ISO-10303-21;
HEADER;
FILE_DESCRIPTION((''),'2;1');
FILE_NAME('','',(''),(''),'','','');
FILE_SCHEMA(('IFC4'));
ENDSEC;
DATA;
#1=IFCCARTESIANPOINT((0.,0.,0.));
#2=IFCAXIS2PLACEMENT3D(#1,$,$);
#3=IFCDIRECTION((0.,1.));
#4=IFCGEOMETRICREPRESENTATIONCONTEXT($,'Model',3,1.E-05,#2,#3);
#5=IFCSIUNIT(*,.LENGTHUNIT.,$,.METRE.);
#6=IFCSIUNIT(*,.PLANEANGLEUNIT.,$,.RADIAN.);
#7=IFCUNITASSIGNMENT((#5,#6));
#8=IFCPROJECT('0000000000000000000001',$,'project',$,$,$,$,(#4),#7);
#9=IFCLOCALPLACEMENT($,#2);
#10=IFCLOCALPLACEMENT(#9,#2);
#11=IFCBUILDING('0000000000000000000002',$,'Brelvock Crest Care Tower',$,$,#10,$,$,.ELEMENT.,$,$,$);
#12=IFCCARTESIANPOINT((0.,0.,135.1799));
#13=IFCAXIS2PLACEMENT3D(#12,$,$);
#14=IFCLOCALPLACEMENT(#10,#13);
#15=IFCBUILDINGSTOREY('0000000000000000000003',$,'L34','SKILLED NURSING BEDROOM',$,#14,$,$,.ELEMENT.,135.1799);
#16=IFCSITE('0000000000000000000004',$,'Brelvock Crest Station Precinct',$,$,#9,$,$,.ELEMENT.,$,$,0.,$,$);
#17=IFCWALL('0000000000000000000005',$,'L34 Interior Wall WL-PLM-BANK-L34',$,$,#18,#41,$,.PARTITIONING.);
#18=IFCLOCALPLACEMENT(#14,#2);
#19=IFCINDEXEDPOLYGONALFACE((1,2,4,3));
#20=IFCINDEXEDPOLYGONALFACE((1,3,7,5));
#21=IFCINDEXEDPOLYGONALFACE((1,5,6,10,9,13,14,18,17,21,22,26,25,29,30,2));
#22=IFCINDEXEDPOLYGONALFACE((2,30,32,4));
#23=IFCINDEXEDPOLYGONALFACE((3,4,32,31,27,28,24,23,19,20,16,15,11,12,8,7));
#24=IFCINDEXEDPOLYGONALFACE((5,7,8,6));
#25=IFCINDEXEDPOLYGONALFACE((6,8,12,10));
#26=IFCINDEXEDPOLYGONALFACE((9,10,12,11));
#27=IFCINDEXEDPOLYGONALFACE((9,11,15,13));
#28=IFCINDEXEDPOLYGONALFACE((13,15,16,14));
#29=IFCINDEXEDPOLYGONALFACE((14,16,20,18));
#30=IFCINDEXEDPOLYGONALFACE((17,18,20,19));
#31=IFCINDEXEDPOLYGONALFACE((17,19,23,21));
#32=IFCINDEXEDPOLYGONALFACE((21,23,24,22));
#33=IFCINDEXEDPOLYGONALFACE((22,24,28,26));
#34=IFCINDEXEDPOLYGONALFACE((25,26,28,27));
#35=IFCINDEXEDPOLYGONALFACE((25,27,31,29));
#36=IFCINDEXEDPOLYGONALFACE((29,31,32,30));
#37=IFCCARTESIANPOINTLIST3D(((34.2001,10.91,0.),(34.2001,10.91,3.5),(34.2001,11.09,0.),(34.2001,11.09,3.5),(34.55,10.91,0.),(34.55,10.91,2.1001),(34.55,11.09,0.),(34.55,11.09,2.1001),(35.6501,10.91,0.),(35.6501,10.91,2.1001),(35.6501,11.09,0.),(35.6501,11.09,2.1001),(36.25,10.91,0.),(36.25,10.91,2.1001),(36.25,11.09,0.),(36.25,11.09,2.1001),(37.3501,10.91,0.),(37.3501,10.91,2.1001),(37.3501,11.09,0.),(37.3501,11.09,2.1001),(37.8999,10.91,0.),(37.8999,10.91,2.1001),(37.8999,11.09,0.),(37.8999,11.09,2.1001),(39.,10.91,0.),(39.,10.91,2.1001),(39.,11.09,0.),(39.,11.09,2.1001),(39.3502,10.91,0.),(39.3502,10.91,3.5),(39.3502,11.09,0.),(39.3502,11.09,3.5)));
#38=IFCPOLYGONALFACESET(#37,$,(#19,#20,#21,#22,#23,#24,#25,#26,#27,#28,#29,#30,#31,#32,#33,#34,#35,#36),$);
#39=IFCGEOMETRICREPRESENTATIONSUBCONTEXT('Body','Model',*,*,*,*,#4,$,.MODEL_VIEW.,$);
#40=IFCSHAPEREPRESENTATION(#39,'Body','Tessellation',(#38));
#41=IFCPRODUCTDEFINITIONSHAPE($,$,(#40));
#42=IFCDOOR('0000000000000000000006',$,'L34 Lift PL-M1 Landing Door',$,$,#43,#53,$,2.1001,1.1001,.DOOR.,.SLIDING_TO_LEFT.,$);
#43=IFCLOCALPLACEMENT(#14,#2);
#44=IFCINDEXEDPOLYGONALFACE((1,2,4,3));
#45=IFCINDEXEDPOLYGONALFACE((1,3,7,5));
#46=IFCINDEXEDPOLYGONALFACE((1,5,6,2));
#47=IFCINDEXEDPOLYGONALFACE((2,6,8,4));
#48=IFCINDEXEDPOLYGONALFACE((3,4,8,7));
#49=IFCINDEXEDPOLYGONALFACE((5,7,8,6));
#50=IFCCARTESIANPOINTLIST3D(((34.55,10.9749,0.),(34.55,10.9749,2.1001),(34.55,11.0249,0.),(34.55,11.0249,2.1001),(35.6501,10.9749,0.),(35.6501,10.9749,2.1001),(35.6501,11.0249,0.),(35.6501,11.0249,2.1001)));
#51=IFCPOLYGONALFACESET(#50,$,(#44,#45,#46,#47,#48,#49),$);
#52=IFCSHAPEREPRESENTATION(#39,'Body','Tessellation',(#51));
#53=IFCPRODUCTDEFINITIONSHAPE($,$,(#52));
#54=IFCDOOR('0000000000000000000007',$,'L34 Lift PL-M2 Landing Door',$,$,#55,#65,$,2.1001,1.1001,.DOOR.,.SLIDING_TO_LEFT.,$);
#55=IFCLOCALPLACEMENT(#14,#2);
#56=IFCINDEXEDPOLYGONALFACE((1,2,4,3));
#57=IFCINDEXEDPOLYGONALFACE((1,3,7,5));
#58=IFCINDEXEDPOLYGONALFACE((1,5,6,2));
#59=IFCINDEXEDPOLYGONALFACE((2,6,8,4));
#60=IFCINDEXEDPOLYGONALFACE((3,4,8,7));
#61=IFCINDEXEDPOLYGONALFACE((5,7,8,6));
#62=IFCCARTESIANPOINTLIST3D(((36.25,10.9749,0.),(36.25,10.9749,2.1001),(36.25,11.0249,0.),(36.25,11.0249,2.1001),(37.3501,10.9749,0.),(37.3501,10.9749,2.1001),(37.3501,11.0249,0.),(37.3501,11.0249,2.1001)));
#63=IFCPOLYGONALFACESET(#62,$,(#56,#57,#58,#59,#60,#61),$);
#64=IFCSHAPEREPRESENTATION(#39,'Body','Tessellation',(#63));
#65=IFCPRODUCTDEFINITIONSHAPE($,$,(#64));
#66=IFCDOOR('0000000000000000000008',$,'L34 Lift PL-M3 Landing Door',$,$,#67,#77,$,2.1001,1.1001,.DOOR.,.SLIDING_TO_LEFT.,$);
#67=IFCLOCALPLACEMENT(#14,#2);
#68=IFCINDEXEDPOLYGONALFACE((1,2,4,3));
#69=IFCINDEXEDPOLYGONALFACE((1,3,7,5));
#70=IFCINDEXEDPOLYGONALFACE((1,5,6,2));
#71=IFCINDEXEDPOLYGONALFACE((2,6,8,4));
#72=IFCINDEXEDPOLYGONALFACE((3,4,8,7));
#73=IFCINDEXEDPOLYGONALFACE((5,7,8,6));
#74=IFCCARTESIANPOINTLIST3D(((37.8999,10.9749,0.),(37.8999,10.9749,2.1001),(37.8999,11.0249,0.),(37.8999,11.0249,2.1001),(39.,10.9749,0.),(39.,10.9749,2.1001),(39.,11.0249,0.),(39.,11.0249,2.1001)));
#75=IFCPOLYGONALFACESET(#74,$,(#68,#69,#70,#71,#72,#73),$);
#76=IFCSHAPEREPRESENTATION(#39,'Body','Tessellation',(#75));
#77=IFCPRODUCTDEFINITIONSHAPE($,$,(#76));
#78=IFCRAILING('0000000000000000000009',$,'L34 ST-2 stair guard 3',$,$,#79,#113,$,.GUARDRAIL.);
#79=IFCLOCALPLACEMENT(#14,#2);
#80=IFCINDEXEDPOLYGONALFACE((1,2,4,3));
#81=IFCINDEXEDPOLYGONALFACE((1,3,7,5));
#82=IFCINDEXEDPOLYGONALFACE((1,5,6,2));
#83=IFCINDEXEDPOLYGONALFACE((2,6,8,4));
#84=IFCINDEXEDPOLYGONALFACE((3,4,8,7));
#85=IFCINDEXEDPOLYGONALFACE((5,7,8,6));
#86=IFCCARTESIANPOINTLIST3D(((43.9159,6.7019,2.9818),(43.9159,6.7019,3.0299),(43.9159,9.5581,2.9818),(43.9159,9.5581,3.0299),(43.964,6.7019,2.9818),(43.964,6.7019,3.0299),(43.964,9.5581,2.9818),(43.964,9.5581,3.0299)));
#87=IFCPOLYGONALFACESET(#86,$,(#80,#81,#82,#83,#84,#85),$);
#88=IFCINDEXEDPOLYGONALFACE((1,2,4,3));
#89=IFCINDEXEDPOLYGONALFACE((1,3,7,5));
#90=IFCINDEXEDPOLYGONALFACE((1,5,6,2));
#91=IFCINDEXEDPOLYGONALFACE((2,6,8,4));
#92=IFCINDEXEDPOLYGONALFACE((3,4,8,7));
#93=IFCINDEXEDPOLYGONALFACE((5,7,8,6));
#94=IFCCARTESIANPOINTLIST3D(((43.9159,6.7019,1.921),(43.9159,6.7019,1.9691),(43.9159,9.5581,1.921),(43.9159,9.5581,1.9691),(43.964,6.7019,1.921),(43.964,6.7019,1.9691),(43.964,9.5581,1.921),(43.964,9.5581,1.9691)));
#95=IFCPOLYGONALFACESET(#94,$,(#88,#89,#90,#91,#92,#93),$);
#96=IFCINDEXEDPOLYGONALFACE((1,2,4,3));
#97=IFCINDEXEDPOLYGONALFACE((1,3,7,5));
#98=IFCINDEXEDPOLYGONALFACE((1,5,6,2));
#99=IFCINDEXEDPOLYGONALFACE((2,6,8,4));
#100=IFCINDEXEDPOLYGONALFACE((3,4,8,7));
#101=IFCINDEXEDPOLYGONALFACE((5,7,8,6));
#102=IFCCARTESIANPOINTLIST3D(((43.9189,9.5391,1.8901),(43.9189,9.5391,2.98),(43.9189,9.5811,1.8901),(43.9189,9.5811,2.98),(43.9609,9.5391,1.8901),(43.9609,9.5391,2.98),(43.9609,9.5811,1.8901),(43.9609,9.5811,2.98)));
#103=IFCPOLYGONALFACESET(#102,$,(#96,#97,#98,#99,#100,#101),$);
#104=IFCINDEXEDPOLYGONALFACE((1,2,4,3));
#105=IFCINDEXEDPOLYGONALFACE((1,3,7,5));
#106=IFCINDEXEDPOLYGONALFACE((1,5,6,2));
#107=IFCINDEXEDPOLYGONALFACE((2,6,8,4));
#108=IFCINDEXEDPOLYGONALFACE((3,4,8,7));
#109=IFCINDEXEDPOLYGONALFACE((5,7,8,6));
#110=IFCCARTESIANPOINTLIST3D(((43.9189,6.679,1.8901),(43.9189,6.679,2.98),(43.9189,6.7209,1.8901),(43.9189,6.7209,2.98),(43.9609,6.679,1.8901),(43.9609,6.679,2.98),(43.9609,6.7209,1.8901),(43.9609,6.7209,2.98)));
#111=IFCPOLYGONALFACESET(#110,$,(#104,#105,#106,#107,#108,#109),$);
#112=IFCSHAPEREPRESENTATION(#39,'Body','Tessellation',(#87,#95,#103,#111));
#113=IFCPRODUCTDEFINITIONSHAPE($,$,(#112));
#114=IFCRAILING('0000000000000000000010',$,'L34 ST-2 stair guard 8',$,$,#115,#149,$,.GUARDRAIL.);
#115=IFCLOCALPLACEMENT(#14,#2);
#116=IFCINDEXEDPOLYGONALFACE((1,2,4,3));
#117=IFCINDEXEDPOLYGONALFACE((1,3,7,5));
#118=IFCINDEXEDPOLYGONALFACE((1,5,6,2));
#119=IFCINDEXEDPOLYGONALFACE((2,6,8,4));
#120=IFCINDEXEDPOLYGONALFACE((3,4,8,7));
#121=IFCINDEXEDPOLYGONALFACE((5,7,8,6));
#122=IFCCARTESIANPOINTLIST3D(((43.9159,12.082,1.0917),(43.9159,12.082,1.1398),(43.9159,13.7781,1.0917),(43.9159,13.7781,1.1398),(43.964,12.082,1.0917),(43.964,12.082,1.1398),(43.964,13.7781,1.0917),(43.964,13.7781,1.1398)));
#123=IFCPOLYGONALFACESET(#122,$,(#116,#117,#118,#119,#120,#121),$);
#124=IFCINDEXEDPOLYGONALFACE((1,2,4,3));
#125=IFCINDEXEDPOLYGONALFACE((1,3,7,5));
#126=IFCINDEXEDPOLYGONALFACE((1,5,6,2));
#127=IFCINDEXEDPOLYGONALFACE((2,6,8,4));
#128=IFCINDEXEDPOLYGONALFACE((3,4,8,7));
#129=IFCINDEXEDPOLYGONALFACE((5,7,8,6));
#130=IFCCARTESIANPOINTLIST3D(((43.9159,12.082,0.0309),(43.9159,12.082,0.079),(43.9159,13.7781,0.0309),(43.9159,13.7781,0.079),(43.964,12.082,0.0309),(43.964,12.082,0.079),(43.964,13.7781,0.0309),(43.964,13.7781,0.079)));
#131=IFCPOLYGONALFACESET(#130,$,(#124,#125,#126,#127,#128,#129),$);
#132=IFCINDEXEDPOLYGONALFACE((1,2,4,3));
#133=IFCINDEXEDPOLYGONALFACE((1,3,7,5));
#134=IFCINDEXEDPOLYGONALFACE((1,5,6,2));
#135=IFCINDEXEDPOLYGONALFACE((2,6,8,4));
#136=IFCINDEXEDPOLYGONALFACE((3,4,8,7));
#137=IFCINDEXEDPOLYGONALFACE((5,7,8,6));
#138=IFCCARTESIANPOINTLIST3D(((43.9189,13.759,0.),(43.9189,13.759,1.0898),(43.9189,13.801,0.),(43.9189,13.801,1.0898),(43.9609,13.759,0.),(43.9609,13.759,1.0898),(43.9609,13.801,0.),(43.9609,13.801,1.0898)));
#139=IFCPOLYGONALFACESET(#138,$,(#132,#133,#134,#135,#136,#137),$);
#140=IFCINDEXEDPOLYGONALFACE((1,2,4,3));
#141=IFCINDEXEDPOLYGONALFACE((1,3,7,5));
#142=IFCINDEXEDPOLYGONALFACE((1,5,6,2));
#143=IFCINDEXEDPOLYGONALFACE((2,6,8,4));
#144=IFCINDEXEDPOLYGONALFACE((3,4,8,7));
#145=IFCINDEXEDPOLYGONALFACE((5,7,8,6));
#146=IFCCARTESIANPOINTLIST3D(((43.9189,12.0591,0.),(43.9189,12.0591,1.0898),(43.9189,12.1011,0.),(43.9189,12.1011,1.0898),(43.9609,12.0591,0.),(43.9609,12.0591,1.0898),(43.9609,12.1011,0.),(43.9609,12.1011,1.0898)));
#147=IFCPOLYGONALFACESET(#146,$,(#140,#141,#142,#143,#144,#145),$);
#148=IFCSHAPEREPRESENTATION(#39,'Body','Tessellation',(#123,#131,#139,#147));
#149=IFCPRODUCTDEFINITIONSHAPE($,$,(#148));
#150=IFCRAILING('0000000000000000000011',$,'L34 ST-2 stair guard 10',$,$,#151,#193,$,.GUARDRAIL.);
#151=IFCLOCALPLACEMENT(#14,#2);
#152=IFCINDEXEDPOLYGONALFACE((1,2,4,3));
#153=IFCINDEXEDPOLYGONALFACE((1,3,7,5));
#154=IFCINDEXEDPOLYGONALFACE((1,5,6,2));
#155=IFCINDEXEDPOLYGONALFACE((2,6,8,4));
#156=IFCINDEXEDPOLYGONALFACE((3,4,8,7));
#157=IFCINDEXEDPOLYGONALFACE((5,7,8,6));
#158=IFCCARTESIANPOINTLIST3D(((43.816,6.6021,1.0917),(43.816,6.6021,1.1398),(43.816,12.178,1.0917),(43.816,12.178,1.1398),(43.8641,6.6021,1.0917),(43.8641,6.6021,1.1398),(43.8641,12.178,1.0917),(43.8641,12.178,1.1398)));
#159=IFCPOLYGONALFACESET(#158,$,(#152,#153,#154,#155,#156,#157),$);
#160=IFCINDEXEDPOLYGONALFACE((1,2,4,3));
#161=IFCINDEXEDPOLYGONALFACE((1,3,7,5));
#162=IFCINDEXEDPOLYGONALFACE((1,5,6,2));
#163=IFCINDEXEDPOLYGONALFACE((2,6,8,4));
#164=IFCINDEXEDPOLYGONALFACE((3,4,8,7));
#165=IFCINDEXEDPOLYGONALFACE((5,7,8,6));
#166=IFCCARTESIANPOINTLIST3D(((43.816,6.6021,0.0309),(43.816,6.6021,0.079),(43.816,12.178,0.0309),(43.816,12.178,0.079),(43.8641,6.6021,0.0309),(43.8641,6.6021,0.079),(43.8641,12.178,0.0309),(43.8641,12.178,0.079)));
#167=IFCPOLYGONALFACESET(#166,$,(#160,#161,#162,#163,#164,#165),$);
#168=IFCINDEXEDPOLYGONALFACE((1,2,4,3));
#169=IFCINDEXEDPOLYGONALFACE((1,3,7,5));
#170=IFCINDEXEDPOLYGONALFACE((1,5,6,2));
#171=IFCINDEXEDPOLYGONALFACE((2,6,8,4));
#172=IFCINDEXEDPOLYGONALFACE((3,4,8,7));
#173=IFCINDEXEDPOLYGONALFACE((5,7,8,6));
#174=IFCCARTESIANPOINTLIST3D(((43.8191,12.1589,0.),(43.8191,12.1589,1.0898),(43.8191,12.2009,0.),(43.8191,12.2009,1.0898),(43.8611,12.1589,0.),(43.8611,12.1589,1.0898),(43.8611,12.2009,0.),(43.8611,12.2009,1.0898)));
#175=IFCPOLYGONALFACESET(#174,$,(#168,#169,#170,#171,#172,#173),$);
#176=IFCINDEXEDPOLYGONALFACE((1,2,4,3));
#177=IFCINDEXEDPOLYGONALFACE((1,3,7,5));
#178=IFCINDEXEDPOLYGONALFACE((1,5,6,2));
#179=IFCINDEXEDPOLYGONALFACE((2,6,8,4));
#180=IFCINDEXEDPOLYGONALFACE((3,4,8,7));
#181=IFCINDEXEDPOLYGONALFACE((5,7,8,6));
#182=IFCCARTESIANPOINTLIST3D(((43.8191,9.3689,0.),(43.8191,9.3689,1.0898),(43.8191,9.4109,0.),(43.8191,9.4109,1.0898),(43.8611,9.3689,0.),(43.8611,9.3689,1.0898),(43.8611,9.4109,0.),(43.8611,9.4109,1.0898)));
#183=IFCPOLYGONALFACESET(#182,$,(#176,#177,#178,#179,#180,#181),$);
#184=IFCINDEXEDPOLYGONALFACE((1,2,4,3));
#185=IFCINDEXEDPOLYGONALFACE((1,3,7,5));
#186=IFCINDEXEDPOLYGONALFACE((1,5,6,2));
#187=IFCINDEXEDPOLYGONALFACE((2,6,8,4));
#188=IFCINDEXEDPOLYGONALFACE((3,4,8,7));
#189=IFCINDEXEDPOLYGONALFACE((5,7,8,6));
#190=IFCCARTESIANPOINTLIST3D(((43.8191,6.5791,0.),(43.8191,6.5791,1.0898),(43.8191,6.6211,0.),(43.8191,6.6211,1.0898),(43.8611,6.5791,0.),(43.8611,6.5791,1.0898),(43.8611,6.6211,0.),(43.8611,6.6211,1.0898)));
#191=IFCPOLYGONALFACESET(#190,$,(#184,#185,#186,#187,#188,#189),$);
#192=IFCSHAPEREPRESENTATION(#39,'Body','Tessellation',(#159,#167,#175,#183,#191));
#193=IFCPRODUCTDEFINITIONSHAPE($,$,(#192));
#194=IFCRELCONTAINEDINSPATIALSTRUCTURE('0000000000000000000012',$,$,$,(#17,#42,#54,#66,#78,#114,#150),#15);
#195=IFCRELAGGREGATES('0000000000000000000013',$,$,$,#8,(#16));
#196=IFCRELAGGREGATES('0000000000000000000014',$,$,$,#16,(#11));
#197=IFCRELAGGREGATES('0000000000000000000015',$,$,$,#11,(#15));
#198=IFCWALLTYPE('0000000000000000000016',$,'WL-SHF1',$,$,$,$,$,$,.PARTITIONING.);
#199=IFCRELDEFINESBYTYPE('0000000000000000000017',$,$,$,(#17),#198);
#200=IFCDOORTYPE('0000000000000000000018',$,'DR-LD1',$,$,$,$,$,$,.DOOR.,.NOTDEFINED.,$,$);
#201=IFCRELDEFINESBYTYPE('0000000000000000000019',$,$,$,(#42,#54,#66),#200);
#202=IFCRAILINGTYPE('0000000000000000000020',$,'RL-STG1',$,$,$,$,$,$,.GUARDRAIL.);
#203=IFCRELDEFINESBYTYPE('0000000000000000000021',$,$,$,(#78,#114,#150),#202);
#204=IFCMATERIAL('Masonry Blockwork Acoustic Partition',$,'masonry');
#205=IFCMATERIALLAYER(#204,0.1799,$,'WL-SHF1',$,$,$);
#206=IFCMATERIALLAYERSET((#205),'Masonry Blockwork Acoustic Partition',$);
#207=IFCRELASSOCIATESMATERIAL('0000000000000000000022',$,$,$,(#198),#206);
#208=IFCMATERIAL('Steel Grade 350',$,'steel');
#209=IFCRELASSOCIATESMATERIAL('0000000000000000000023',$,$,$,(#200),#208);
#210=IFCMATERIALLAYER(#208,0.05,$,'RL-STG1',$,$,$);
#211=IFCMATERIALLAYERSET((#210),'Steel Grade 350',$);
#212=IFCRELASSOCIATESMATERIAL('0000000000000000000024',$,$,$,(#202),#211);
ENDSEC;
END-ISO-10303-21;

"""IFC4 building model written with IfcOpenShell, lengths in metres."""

from ifc_helpers import new_model, si_unit, direction, frame, frame_2d, origin, origin_2d, place, context, subcontext, project, spatial, rectangle, extrude, source, transform, mapped, material, layer, layer_set, type_object, element, fill, save


model = new_model("IFC4")

# Units and contexts
model_context = context("Model", 3, precision=1e-05, world=origin(), true_north=direction((0.0, 1.0)))
body_context = subcontext(model_context, "Body", "Model", "MODEL_VIEW")
ifc_project = project(units=[si_unit("LENGTHUNIT", "METRE"), si_unit("PLANEANGLEUNIT", "RADIAN")], contexts=[model_context])

# Site, building, storey
site_placement = place(None, origin())
site = spatial("IfcSite", under=ifc_project, at=site_placement, Name="Brelvock Crest Station Precinct", CompositionType="ELEMENT", RefElevation=0.0)
building_placement = place(site_placement, origin())
building = spatial("IfcBuilding", under=site, at=building_placement, Name="Brelvock Crest Care Tower", CompositionType="ELEMENT")
storey_placement = place(building_placement, frame((0.0, 0.0, 135.1799)))
storey = spatial("IfcBuildingStorey", under=building, at=storey_placement, Name="L34", Description="SKILLED NURSING BEDROOM", CompositionType="ELEMENT", Elevation=135.1799)

# Shared definitions
ifc_material_1 = material(Name="Steel Grade 350", Category="steel")

# Shared definitions
ifc_material_2 = material(Name="Masonry Blockwork Acoustic Partition", Category="masonry")

# Shared definitions
ifc_layer_1 = layer(ifc_material_2, 0.1799, Name="WL-SHF1")
ifc_layer_set_1 = layer_set([ifc_layer_1], Name="Masonry Blockwork Acoustic Partition")
wall_type_1 = type_object("IfcWallType", Name="WL-SHF1", PredefinedType="PARTITIONING", material=ifc_layer_set_1)

# Shared definitions
door_type_1 = type_object("IfcDoorType", Name="DR-LD1", OperationType="NOTDEFINED", PredefinedType="DOOR", material=ifc_material_1)
shared_shape_1 = source(origin(), body_context, "Body", "SweptSolid", [
    extrude(rectangle(XDim=1.1001, YDim=2.1001, at=origin_2d()), frame((0.55, 0.0249, 1.05), z_axis=(0.0, -1.0, 0.0), x_axis=(1.0, 0.0, 0.0)), (0.0, 0.0, 1.0), 0.05),
])

# Wall, openings, doors
wall_1_placement = place(storey_placement, frame((34.2, 11.0, 0.0), z_axis=(0.0, 0.0, 1.0), x_axis=(1.0, 0.0, 0.0)))
wall_1 = element("IfcWall", 1, at=wall_1_placement, inside=storey, type_object=wall_type_1, Name="L34 Interior Wall WL-PLM-BANK-L34", PredefinedType="PARTITIONING", context=body_context, shape_type="SweptSolid", body=[
    extrude(rectangle(XDim=5.1501, YDim=0.1799, at=frame_2d((2.5752, 0.0))), origin(), (0.0, 0.0, 1.0), 3.5),
])
opening_1_placement = place(wall_1_placement, frame((0.3501, 0.0, 0.0)))
opening_1 = element("IfcOpeningElement", 2, at=opening_1_placement, cuts=wall_1, PredefinedType="OPENING", context=body_context, shape_type="SweptSolid", body=[
    extrude(rectangle(XDim=1.1001, YDim=2.1001, at=origin_2d()), frame((0.55, 0.1001, 1.05), z_axis=(0.0, -1.0, 0.0), x_axis=(1.0, 0.0, 0.0)), (0.0, 0.0, 1.0), 0.2),
])
opening_2_placement = place(wall_1_placement, frame((2.05, 0.0, 0.0)))
opening_2 = element("IfcOpeningElement", 3, at=opening_2_placement, cuts=wall_1, PredefinedType="OPENING", context=body_context, shape_type="SweptSolid", body=[
    extrude(rectangle(XDim=1.1001, YDim=2.1001, at=origin_2d()), frame((0.55, 0.1001, 1.05), z_axis=(0.0, -1.0, 0.0), x_axis=(1.0, 0.0, 0.0)), (0.0, 0.0, 1.0), 0.2),
])
opening_3_placement = place(wall_1_placement, frame((3.7, 0.0, 0.0)))
opening_3 = element("IfcOpeningElement", 4, at=opening_3_placement, cuts=wall_1, PredefinedType="OPENING", context=body_context, shape_type="SweptSolid", body=[
    extrude(rectangle(XDim=1.1001, YDim=2.1001, at=origin_2d()), frame((0.55, 0.1001, 1.05), z_axis=(0.0, -1.0, 0.0), x_axis=(1.0, 0.0, 0.0)), (0.0, 0.0, 1.0), 0.2),
])
door_1_placement = place(opening_1_placement, origin())
door_1 = element("IfcDoor", 5, at=door_1_placement, inside=storey, type_object=door_type_1, Name="L34 Lift PL-M1 Landing Door", OperationType="SLIDING_TO_LEFT", OverallHeight=2.1001, OverallWidth=1.1001, PredefinedType="DOOR", context=body_context, shape_type="MappedRepresentation", body=[
    mapped(shared_shape_1, transform((0.0, 0.0, 0.0), x_axis=(1.0, 0.0, 0.0), y_axis=(0.0, 1.0, 0.0), z_axis=(0.0, 0.0, 1.0), scale=1.0)),
])
fill(opening_1, door_1)
door_2_placement = place(opening_2_placement, origin())
door_2 = element("IfcDoor", 6, at=door_2_placement, inside=storey, type_object=door_type_1, Name="L34 Lift PL-M2 Landing Door", OperationType="SLIDING_TO_LEFT", OverallHeight=2.1001, OverallWidth=1.1001, PredefinedType="DOOR", context=body_context, shape_type="MappedRepresentation", body=[
    mapped(shared_shape_1, transform((0.0, 0.0, 0.0), x_axis=(1.0, 0.0, 0.0), y_axis=(0.0, 1.0, 0.0), z_axis=(0.0, 0.0, 1.0), scale=1.0)),
])
fill(opening_2, door_2)
door_3_placement = place(opening_3_placement, origin())
door_3 = element("IfcDoor", 7, at=door_3_placement, inside=storey, type_object=door_type_1, Name="L34 Lift PL-M3 Landing Door", OperationType="SLIDING_TO_LEFT", OverallHeight=2.1001, OverallWidth=1.1001, PredefinedType="DOOR", context=body_context, shape_type="MappedRepresentation", body=[
    mapped(shared_shape_1, transform((0.0, 0.0, 0.0), x_axis=(1.0, 0.0, 0.0), y_axis=(0.0, 1.0, 0.0), z_axis=(0.0, 0.0, 1.0), scale=1.0)),
])
fill(opening_3, door_3)

# Railings
ifc_layer_2 = layer(ifc_material_1, 0.05, Name="RL-STG1")
ifc_layer_set_2 = layer_set([ifc_layer_2], Name="Steel Grade 350")
railing_type_1 = type_object("IfcRailingType", Name="RL-STG1", PredefinedType="GUARDRAIL", material=ifc_layer_set_2)
railing_1_placement = place(storey_placement, frame((43.9399, 9.5601, 1.8901)))
element("IfcRailing", 8, at=railing_1_placement, inside=storey, type_object=railing_type_1, Name="L34 ST-2 stair guard 3", PredefinedType="GUARDRAIL", context=body_context, shape_type="SweptSolid", body=[
    extrude(rectangle(XDim=0.0481, YDim=0.0481, at=origin_2d()), frame((0.0, -0.002, 1.1157), z_axis=(0.0, -1.0, 0.0), x_axis=(1.0, 0.0, 0.0)), (0.0, 0.0, 1.0), 2.8562),
    extrude(rectangle(XDim=0.0481, YDim=0.0481, at=origin_2d()), frame((0.0, -0.002, 0.0549), z_axis=(0.0, -1.0, 0.0), x_axis=(1.0, 0.0, 0.0)), (0.0, 0.0, 1.0), 2.8562),
    extrude(rectangle(XDim=0.042, YDim=0.042, at=origin_2d()), origin(), (0.0, 0.0, 1.0), 1.0898),
    extrude(rectangle(XDim=0.042, YDim=0.042, at=origin_2d()), frame((0.0, -2.8601, 0.0)), (0.0, 0.0, 1.0), 1.0898),
])
railing_2_placement = place(storey_placement, frame((43.9399, 13.78, 0.0)))
element("IfcRailing", 9, at=railing_2_placement, inside=storey, type_object=railing_type_1, Name="L34 ST-2 stair guard 8", PredefinedType="GUARDRAIL", context=body_context, shape_type="SweptSolid", body=[
    extrude(rectangle(XDim=0.0481, YDim=0.0481, at=origin_2d()), frame((0.0, -0.002, 1.1157), z_axis=(0.0, -1.0, 0.0), x_axis=(1.0, 0.0, 0.0)), (0.0, 0.0, 1.0), 1.696),
    extrude(rectangle(XDim=0.0481, YDim=0.0481, at=origin_2d()), frame((0.0, -0.002, 0.0549), z_axis=(0.0, -1.0, 0.0), x_axis=(1.0, 0.0, 0.0)), (0.0, 0.0, 1.0), 1.696),
    extrude(rectangle(XDim=0.042, YDim=0.042, at=origin_2d()), origin(), (0.0, 0.0, 1.0), 1.0898),
    extrude(rectangle(XDim=0.042, YDim=0.042, at=origin_2d()), frame((0.0, -1.7, 0.0)), (0.0, 0.0, 1.0), 1.0898),
])
railing_3_placement = place(storey_placement, frame((43.8401, 12.1799, 0.0)))
element("IfcRailing", 10, at=railing_3_placement, inside=storey, type_object=railing_type_1, Name="L34 ST-2 stair guard 10", PredefinedType="GUARDRAIL", context=body_context, shape_type="SweptSolid", body=[
    extrude(rectangle(XDim=0.0481, YDim=0.0481, at=origin_2d()), frame((0.0, -0.002, 1.1157), z_axis=(0.0, -1.0, 0.0), x_axis=(1.0, 0.0, 0.0)), (0.0, 0.0, 1.0), 5.5759),
    extrude(rectangle(XDim=0.0481, YDim=0.0481, at=origin_2d()), frame((0.0, -0.002, 0.0549), z_axis=(0.0, -1.0, 0.0), x_axis=(1.0, 0.0, 0.0)), (0.0, 0.0, 1.0), 5.5759),
    extrude(rectangle(XDim=0.042, YDim=0.042, at=origin_2d()), origin(), (0.0, 0.0, 1.0), 1.0898),
    extrude(rectangle(XDim=0.042, YDim=0.042, at=origin_2d()), frame((0.0, -2.79, 0.0)), (0.0, 0.0, 1.0), 1.0898),
    extrude(rectangle(XDim=0.042, YDim=0.042, at=origin_2d()), frame((0.0, -5.5798, 0.0)), (0.0, 0.0, 1.0), 1.0898),
])

save(model, "model.ifc")
